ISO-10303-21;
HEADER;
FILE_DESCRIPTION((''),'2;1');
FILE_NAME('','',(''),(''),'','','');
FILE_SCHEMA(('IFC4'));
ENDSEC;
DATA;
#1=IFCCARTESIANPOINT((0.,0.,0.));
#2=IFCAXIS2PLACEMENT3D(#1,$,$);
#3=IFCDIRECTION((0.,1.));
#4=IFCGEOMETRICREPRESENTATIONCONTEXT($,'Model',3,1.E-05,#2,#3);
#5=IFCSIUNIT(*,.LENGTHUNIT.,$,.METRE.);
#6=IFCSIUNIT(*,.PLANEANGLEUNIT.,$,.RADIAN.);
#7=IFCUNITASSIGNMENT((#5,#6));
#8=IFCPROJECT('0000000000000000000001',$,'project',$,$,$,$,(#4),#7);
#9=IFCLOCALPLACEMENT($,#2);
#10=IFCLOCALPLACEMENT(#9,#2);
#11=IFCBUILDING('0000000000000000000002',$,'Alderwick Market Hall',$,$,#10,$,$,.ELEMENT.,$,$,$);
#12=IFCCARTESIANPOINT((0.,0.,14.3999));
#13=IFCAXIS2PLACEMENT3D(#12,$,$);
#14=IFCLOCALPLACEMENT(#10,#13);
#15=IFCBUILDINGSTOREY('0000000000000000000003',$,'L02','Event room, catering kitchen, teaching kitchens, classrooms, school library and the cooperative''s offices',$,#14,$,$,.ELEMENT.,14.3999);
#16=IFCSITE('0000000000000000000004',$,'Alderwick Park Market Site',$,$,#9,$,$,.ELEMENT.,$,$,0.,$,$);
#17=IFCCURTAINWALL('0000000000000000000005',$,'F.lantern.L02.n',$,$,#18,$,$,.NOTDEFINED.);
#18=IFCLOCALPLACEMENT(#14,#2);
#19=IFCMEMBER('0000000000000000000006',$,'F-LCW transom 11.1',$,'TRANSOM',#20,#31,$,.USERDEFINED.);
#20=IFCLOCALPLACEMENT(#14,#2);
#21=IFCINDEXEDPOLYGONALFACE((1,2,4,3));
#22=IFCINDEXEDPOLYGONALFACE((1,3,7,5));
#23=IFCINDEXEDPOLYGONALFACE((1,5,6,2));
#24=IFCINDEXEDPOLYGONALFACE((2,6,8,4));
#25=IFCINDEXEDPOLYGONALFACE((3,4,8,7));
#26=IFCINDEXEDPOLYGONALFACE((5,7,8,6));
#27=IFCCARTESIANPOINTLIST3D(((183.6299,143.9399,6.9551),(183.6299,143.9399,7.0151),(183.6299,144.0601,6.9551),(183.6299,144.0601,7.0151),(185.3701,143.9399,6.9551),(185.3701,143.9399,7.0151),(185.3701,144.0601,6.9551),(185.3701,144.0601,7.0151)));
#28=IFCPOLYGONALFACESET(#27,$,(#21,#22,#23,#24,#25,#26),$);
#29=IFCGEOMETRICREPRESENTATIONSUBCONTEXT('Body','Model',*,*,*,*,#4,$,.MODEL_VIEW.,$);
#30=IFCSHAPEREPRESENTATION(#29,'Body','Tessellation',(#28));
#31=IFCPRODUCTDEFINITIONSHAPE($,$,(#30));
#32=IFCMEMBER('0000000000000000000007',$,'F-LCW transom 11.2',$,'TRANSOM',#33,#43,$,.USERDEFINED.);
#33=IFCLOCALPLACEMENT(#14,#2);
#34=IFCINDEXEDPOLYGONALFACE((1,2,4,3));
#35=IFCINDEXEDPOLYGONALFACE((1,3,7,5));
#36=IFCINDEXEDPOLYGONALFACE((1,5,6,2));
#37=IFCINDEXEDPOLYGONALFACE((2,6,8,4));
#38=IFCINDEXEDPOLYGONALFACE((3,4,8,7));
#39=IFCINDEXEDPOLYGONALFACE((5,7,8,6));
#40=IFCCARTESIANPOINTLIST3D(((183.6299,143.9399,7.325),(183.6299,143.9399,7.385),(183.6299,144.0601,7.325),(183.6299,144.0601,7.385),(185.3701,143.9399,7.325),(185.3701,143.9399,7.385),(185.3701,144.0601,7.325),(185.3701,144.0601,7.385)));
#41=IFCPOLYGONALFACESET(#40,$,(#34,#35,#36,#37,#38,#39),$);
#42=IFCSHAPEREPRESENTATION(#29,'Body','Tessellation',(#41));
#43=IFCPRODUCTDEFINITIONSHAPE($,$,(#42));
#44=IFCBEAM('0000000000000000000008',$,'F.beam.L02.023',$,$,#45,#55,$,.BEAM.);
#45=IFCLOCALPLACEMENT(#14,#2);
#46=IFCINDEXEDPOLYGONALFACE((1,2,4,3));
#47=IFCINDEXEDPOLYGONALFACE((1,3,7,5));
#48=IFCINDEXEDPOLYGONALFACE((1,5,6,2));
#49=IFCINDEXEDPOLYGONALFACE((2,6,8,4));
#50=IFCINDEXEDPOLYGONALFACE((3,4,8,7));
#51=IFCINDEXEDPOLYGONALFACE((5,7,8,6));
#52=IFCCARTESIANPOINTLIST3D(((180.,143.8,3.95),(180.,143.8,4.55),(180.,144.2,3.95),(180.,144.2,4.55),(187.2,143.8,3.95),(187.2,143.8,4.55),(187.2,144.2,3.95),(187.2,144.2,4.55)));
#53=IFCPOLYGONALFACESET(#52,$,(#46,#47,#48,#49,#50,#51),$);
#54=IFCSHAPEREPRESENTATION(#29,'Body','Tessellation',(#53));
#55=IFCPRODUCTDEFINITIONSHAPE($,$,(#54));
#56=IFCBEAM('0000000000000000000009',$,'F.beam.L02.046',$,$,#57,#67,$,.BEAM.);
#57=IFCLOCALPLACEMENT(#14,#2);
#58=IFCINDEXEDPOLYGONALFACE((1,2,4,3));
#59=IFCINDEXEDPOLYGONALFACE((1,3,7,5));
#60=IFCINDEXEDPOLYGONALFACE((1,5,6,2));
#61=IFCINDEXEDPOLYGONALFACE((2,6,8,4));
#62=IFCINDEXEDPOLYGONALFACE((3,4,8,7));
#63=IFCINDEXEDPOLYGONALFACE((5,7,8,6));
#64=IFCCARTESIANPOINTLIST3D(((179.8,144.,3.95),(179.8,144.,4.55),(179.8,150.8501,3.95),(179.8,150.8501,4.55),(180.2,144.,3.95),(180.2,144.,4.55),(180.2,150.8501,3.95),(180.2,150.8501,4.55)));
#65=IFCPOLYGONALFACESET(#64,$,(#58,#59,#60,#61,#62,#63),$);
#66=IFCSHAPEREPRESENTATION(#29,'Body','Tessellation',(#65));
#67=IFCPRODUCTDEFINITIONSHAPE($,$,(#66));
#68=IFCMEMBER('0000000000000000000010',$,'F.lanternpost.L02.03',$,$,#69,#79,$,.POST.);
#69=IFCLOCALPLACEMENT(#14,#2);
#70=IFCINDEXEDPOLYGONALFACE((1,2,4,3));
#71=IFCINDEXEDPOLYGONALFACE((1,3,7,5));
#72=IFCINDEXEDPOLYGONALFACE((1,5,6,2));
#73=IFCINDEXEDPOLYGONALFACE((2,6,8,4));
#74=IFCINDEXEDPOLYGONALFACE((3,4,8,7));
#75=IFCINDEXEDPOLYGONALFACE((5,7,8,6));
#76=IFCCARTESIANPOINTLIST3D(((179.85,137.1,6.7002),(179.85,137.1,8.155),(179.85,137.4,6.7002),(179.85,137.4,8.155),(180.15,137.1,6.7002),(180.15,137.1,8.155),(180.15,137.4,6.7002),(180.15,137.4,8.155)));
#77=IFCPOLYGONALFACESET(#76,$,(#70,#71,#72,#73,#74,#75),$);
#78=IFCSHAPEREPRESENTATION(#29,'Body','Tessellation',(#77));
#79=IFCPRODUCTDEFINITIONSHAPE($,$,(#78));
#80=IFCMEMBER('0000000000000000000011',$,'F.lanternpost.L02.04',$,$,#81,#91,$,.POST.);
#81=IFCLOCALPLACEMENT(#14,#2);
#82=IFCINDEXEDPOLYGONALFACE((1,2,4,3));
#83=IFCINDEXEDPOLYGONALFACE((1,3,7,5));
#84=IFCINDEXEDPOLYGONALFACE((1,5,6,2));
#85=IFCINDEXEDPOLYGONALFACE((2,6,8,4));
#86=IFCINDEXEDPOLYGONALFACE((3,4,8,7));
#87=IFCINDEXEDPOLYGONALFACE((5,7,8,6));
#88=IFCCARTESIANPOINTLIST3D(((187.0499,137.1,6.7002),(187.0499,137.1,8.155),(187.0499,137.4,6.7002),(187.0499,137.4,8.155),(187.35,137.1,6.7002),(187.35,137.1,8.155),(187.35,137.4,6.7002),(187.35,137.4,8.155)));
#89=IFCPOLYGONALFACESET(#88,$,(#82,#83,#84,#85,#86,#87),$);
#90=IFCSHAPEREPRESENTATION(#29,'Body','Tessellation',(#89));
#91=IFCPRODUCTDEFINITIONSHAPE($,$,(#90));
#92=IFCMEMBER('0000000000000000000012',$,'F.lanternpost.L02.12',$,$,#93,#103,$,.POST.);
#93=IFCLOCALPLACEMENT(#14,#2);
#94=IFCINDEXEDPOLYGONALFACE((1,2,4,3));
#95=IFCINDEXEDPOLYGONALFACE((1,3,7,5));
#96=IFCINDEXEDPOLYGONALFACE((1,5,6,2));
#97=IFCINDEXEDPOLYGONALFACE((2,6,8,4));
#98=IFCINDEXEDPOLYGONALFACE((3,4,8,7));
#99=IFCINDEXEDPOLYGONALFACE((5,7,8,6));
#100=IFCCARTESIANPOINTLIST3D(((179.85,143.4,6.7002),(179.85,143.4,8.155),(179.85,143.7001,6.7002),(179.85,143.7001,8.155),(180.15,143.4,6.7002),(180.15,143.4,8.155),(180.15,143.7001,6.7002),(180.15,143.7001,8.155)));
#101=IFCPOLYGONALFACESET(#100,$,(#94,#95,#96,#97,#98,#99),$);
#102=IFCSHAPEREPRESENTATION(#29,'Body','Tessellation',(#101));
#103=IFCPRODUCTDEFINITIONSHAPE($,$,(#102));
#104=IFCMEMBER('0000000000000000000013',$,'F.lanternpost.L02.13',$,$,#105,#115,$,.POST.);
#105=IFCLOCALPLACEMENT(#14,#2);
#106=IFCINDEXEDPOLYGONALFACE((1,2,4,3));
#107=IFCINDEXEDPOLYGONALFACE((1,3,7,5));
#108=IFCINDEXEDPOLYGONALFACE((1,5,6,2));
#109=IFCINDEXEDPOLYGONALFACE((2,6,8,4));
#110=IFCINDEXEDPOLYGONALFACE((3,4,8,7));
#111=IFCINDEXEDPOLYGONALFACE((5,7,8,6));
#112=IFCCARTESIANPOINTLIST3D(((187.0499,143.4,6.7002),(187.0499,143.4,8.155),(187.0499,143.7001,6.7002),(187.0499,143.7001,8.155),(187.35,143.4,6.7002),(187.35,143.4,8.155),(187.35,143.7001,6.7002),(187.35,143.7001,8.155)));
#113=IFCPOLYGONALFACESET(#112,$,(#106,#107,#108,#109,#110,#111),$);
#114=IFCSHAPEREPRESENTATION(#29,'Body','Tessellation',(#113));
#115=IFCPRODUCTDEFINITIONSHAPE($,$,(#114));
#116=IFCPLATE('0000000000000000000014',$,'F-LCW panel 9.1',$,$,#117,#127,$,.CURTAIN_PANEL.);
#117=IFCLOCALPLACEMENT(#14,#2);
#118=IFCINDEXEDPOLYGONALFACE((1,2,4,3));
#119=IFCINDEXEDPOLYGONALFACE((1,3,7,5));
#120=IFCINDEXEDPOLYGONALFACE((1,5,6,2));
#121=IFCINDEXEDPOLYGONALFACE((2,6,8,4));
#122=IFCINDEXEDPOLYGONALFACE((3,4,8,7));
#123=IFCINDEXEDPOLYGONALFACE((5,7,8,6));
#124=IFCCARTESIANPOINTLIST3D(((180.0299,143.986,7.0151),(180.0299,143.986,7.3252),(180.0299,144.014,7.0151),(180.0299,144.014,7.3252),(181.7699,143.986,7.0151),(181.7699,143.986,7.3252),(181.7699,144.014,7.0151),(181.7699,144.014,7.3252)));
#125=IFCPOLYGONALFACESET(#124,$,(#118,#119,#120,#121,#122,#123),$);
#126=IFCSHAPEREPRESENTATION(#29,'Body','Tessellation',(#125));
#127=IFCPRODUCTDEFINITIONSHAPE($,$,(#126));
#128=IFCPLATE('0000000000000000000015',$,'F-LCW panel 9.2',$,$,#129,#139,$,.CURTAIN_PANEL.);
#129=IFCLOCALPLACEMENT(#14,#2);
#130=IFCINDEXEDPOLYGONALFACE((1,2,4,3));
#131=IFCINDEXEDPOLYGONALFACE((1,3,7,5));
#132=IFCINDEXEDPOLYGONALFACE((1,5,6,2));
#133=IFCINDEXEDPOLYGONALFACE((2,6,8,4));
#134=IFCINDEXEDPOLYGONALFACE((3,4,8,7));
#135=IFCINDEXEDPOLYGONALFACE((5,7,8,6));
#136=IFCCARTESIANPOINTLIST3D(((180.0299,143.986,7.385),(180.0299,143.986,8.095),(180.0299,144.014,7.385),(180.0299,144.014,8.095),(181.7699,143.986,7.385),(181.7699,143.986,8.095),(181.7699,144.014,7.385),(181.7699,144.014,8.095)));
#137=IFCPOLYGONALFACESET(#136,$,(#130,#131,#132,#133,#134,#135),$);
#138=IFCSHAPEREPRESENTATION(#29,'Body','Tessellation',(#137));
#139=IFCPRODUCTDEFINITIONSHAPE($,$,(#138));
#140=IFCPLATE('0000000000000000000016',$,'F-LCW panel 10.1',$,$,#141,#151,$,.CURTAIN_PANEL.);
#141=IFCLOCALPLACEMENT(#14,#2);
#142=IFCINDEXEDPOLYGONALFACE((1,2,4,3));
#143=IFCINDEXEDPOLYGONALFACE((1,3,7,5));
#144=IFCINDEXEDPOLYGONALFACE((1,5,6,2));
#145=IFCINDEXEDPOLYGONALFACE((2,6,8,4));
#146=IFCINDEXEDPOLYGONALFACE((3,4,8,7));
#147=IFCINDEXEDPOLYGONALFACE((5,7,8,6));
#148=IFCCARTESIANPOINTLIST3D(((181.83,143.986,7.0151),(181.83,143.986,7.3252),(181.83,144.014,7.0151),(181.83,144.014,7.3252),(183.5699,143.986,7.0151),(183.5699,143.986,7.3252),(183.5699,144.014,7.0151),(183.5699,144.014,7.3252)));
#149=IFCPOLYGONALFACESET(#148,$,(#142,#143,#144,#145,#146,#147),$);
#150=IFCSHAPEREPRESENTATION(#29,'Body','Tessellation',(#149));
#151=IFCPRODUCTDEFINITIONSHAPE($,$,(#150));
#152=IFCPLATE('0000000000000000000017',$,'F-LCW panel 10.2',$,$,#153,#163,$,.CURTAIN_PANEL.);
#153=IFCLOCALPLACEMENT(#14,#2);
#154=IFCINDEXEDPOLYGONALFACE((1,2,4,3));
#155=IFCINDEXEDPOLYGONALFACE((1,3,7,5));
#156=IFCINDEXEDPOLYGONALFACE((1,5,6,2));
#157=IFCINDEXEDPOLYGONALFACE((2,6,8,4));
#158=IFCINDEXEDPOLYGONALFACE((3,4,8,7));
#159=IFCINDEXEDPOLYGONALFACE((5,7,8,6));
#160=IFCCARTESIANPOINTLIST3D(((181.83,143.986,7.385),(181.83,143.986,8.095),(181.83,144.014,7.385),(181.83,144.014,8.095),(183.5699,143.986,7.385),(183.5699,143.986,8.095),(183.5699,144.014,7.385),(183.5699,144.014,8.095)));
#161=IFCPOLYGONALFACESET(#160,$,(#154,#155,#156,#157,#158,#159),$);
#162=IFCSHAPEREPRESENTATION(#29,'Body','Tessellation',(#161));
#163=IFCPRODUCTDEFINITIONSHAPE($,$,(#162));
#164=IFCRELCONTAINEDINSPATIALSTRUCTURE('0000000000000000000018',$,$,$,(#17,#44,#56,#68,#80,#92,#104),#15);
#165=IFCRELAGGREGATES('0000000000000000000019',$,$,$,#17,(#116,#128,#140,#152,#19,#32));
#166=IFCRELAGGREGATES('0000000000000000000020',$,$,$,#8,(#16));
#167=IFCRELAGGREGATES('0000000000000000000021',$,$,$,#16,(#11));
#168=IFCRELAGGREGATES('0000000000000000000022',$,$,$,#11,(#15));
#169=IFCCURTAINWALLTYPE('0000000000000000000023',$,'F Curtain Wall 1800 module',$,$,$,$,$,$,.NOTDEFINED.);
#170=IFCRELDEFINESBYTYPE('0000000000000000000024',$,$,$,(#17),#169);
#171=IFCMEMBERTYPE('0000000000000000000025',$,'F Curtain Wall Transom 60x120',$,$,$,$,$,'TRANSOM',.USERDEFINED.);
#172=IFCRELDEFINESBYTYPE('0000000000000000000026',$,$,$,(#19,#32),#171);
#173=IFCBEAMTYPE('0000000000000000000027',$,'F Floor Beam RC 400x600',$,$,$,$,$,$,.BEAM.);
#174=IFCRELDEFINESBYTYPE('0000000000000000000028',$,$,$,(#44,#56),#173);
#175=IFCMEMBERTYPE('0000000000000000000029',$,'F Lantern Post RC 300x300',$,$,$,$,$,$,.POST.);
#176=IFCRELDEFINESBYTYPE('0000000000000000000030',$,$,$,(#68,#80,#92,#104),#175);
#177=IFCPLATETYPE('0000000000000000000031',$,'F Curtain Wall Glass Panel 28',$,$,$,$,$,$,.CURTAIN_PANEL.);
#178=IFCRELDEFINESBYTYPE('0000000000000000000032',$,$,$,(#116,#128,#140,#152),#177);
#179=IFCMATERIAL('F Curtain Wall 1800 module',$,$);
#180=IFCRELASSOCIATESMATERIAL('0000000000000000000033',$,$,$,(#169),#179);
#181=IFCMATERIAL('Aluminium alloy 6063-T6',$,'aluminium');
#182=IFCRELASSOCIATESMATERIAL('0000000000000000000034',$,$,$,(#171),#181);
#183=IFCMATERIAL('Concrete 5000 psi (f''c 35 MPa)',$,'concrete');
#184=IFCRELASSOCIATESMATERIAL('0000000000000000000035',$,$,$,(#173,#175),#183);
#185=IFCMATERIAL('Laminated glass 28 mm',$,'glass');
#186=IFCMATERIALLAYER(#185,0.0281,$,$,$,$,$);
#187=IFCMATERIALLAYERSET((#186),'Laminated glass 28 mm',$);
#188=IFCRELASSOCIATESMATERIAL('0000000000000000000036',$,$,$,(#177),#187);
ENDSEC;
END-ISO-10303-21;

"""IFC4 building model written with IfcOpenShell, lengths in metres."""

from ifc_helpers import new_model, si_unit, direction, frame, origin, origin_2d, place, context, subcontext, project, spatial, rectangle, extrude, material, layer, layer_set, material_profile, profile_set, type_object, element, aggregate, save


model = new_model("IFC4")

# Units and contexts
model_context = context("Model", 3, precision=1e-05, world=origin(), true_north=direction((0.0, 1.0)))
body_context = subcontext(model_context, "Body", "Model", "MODEL_VIEW")
ifc_project = project(units=[si_unit("LENGTHUNIT", "METRE"), si_unit("PLANEANGLEUNIT", "RADIAN")], contexts=[model_context])

# Site, building, storey
site_placement = place(None, origin())
site = spatial("IfcSite", under=ifc_project, at=site_placement, Name="Alderwick Park Market Site", CompositionType="ELEMENT", RefElevation=0.0)
building_placement = place(site_placement, origin())
building = spatial("IfcBuilding", under=site, at=building_placement, Name="Alderwick Market Hall", CompositionType="ELEMENT")
storey_placement = place(building_placement, frame((0.0, 0.0, 14.3999)))
storey = spatial("IfcBuildingStorey", under=building, at=storey_placement, Name="L02", Description="Event room, catering kitchen, teaching kitchens, classrooms, school library and the cooperative's offices", CompositionType="ELEMENT", Elevation=14.3999)

# Shared definitions
ifc_material_1 = material(Name="Concrete 5000 psi (f'c 35 MPa)", Category="concrete")

# Shared definitions
ifc_material_2 = material(Name="F Curtain Wall 1800 module")
curtain_wall_type = type_object("IfcCurtainWallType", Name="F Curtain Wall 1800 module", PredefinedType="NOTDEFINED", material=ifc_material_2)
ifc_material_3 = material(Name="Aluminium alloy 6063-T6", Category="aluminium")

# Curtain wall
curtain_wall_1_placement = place(storey_placement, origin())
curtain_wall_1 = element("IfcCurtainWall", 1, at=curtain_wall_1_placement, inside=storey, type_object=curtain_wall_type, Name="F.lantern.L02.n", PredefinedType="NOTDEFINED")

# Members
ifc_material_profile_1 = material_profile(ifc_material_3, rectangle(XDim=0.1201, YDim=0.0601, at=origin_2d()), Name="AL 60x120")
ifc_profile_set_1 = profile_set([ifc_material_profile_1], Name="Aluminium alloy 6063-T6")
member_type_1 = type_object("IfcMemberType", Name="F Curtain Wall Transom 60x120", ElementType="TRANSOM", PredefinedType="USERDEFINED", material=ifc_profile_set_1)
member_1_placement = place(storey_placement, frame((183.6299, 144.0, 6.9851), z_axis=(1.0, 0.0, 0.0), x_axis=(0.0, 1.0, 0.0)))
member_1 = element("IfcMember", 2, at=member_1_placement, type_object=member_type_1, Name="F-LCW transom 11.1", ObjectType="TRANSOM", PredefinedType="USERDEFINED", context=body_context, shape_type="SweptSolid", body=[
    extrude(rectangle(XDim=0.1201, YDim=0.0601, at=origin_2d()), origin(), (0.0, 0.0, 1.0), 1.7402),
])
member_2_placement = place(storey_placement, frame((183.6299, 144.0, 7.355), z_axis=(1.0, 0.0, 0.0), x_axis=(0.0, 1.0, 0.0)))
member_2 = element("IfcMember", 3, at=member_2_placement, type_object=member_type_1, Name="F-LCW transom 11.2", ObjectType="TRANSOM", PredefinedType="USERDEFINED", context=body_context, shape_type="SweptSolid", body=[
    extrude(rectangle(XDim=0.1201, YDim=0.0601, at=origin_2d()), origin(), (0.0, 0.0, 1.0), 1.7402),
])

# Beams
ifc_material_profile_2 = material_profile(ifc_material_1, rectangle(XDim=0.3999, YDim=0.6001, at=origin_2d()), Name="RC 400x600")
ifc_profile_set_2 = profile_set([ifc_material_profile_2], Name="Concrete 5000 psi (f'c 35 MPa)")
beam_type = type_object("IfcBeamType", Name="F Floor Beam RC 400x600", PredefinedType="BEAM", material=ifc_profile_set_2)
beam_1_placement = place(storey_placement, frame((180.0, 144.0, 4.25), z_axis=(1.0, 0.0, 0.0), x_axis=(0.0, 1.0, 0.0)))
element("IfcBeam", 4, at=beam_1_placement, inside=storey, type_object=beam_type, Name="F.beam.L02.023", PredefinedType="BEAM", context=body_context, shape_type="SweptSolid", body=[
    extrude(rectangle(XDim=0.3999, YDim=0.6001, at=origin_2d()), origin(), (0.0, 0.0, 1.0), 7.2),
])
beam_2_placement = place(storey_placement, frame((180.0, 144.0, 4.25), z_axis=(0.0, 1.0, 0.0), x_axis=(-1.0, 0.0, 0.0)))
element("IfcBeam", 5, at=beam_2_placement, inside=storey, type_object=beam_type, Name="F.beam.L02.046", PredefinedType="BEAM", context=body_context, shape_type="SweptSolid", body=[
    extrude(rectangle(XDim=0.3999, YDim=0.6001, at=origin_2d()), origin(), (0.0, 0.0, 1.0), 6.8501),
])

# Members
ifc_material_profile_3 = material_profile(ifc_material_1, rectangle(XDim=0.3, YDim=0.3, at=origin_2d()), Name="RC 300x300")
ifc_profile_set_3 = profile_set([ifc_material_profile_3], Name="Concrete 5000 psi (f'c 35 MPa)")
member_type_2 = type_object("IfcMemberType", Name="F Lantern Post RC 300x300", PredefinedType="POST", material=ifc_profile_set_3)
for number, where, z_axis, x_axis, name in (
    (6, (180.0, 137.25, 6.7002), (0.0, 0.0, 1.0), (1.0, 0.0, 0.0), "F.lanternpost.L02.03"),
    (7, (187.2, 137.25, 6.7002), (0.0, 0.0, 1.0), (1.0, 0.0, 0.0), "F.lanternpost.L02.04"),
    (8, (180.0, 143.55, 6.7002), (0.0, 0.0, 1.0), (1.0, 0.0, 0.0), "F.lanternpost.L02.12"),
    (9, (187.2, 143.55, 6.7002), (0.0, 0.0, 1.0), (1.0, 0.0, 0.0), "F.lanternpost.L02.13"),
):
    element("IfcMember", number, at=place(storey_placement, frame(where, z_axis=z_axis, x_axis=x_axis)), inside=storey, type_object=member_type_2, Name=name, PredefinedType="POST", context=body_context, shape_type="SweptSolid", body=[
        extrude(rectangle(XDim=0.3, YDim=0.3, at=origin_2d()), origin(), (0.0, 0.0, 1.0), 1.4548),
    ])

# Plates
ifc_material_4 = material(Name="Laminated glass 28 mm", Category="glass")
ifc_layer = layer(ifc_material_4, 0.0281)
ifc_layer_set = layer_set([ifc_layer], Name="Laminated glass 28 mm")
plate_type = type_object("IfcPlateType", Name="F Curtain Wall Glass Panel 28", PredefinedType="CURTAIN_PANEL", material=ifc_layer_set)
plate_1_placement = place(storey_placement, frame((180.8999, 144.0, 7.0151), z_axis=(0.0, 0.0, 1.0), x_axis=(1.0, 0.0, 0.0)))
plate_1 = element("IfcPlate", 10, at=plate_1_placement, type_object=plate_type, Name="F-LCW panel 9.1", PredefinedType="CURTAIN_PANEL", context=body_context, shape_type="SweptSolid", body=[
    extrude(rectangle(XDim=1.74, YDim=0.0281, at=origin_2d()), origin(), (0.0, 0.0, 1.0), 0.3101),
])
plate_2_placement = place(storey_placement, frame((180.8999, 144.0, 7.385), z_axis=(0.0, 0.0, 1.0), x_axis=(1.0, 0.0, 0.0)))
plate_2 = element("IfcPlate", 11, at=plate_2_placement, type_object=plate_type, Name="F-LCW panel 9.2", PredefinedType="CURTAIN_PANEL", context=body_context, shape_type="SweptSolid", body=[
    extrude(rectangle(XDim=1.74, YDim=0.0281, at=origin_2d()), origin(), (0.0, 0.0, 1.0), 0.71),
])
plate_3_placement = place(storey_placement, frame((182.7, 144.0, 7.0151), z_axis=(0.0, 0.0, 1.0), x_axis=(1.0, 0.0, 0.0)))
plate_3 = element("IfcPlate", 12, at=plate_3_placement, type_object=plate_type, Name="F-LCW panel 10.1", PredefinedType="CURTAIN_PANEL", context=body_context, shape_type="SweptSolid", body=[
    extrude(rectangle(XDim=1.74, YDim=0.0281, at=origin_2d()), origin(), (0.0, 0.0, 1.0), 0.3101),
])
plate_4_placement = place(storey_placement, frame((182.7, 144.0, 7.385), z_axis=(0.0, 0.0, 1.0), x_axis=(1.0, 0.0, 0.0)))
plate_4 = element("IfcPlate", 13, at=plate_4_placement, type_object=plate_type, Name="F-LCW panel 10.2", PredefinedType="CURTAIN_PANEL", context=body_context, shape_type="SweptSolid", body=[
    extrude(rectangle(XDim=1.74, YDim=0.0281, at=origin_2d()), origin(), (0.0, 0.0, 1.0), 0.71),
])
aggregate(curtain_wall_1, [plate_1, plate_2, plate_3, plate_4, member_1, member_2])

save(model, "model.ifc")
